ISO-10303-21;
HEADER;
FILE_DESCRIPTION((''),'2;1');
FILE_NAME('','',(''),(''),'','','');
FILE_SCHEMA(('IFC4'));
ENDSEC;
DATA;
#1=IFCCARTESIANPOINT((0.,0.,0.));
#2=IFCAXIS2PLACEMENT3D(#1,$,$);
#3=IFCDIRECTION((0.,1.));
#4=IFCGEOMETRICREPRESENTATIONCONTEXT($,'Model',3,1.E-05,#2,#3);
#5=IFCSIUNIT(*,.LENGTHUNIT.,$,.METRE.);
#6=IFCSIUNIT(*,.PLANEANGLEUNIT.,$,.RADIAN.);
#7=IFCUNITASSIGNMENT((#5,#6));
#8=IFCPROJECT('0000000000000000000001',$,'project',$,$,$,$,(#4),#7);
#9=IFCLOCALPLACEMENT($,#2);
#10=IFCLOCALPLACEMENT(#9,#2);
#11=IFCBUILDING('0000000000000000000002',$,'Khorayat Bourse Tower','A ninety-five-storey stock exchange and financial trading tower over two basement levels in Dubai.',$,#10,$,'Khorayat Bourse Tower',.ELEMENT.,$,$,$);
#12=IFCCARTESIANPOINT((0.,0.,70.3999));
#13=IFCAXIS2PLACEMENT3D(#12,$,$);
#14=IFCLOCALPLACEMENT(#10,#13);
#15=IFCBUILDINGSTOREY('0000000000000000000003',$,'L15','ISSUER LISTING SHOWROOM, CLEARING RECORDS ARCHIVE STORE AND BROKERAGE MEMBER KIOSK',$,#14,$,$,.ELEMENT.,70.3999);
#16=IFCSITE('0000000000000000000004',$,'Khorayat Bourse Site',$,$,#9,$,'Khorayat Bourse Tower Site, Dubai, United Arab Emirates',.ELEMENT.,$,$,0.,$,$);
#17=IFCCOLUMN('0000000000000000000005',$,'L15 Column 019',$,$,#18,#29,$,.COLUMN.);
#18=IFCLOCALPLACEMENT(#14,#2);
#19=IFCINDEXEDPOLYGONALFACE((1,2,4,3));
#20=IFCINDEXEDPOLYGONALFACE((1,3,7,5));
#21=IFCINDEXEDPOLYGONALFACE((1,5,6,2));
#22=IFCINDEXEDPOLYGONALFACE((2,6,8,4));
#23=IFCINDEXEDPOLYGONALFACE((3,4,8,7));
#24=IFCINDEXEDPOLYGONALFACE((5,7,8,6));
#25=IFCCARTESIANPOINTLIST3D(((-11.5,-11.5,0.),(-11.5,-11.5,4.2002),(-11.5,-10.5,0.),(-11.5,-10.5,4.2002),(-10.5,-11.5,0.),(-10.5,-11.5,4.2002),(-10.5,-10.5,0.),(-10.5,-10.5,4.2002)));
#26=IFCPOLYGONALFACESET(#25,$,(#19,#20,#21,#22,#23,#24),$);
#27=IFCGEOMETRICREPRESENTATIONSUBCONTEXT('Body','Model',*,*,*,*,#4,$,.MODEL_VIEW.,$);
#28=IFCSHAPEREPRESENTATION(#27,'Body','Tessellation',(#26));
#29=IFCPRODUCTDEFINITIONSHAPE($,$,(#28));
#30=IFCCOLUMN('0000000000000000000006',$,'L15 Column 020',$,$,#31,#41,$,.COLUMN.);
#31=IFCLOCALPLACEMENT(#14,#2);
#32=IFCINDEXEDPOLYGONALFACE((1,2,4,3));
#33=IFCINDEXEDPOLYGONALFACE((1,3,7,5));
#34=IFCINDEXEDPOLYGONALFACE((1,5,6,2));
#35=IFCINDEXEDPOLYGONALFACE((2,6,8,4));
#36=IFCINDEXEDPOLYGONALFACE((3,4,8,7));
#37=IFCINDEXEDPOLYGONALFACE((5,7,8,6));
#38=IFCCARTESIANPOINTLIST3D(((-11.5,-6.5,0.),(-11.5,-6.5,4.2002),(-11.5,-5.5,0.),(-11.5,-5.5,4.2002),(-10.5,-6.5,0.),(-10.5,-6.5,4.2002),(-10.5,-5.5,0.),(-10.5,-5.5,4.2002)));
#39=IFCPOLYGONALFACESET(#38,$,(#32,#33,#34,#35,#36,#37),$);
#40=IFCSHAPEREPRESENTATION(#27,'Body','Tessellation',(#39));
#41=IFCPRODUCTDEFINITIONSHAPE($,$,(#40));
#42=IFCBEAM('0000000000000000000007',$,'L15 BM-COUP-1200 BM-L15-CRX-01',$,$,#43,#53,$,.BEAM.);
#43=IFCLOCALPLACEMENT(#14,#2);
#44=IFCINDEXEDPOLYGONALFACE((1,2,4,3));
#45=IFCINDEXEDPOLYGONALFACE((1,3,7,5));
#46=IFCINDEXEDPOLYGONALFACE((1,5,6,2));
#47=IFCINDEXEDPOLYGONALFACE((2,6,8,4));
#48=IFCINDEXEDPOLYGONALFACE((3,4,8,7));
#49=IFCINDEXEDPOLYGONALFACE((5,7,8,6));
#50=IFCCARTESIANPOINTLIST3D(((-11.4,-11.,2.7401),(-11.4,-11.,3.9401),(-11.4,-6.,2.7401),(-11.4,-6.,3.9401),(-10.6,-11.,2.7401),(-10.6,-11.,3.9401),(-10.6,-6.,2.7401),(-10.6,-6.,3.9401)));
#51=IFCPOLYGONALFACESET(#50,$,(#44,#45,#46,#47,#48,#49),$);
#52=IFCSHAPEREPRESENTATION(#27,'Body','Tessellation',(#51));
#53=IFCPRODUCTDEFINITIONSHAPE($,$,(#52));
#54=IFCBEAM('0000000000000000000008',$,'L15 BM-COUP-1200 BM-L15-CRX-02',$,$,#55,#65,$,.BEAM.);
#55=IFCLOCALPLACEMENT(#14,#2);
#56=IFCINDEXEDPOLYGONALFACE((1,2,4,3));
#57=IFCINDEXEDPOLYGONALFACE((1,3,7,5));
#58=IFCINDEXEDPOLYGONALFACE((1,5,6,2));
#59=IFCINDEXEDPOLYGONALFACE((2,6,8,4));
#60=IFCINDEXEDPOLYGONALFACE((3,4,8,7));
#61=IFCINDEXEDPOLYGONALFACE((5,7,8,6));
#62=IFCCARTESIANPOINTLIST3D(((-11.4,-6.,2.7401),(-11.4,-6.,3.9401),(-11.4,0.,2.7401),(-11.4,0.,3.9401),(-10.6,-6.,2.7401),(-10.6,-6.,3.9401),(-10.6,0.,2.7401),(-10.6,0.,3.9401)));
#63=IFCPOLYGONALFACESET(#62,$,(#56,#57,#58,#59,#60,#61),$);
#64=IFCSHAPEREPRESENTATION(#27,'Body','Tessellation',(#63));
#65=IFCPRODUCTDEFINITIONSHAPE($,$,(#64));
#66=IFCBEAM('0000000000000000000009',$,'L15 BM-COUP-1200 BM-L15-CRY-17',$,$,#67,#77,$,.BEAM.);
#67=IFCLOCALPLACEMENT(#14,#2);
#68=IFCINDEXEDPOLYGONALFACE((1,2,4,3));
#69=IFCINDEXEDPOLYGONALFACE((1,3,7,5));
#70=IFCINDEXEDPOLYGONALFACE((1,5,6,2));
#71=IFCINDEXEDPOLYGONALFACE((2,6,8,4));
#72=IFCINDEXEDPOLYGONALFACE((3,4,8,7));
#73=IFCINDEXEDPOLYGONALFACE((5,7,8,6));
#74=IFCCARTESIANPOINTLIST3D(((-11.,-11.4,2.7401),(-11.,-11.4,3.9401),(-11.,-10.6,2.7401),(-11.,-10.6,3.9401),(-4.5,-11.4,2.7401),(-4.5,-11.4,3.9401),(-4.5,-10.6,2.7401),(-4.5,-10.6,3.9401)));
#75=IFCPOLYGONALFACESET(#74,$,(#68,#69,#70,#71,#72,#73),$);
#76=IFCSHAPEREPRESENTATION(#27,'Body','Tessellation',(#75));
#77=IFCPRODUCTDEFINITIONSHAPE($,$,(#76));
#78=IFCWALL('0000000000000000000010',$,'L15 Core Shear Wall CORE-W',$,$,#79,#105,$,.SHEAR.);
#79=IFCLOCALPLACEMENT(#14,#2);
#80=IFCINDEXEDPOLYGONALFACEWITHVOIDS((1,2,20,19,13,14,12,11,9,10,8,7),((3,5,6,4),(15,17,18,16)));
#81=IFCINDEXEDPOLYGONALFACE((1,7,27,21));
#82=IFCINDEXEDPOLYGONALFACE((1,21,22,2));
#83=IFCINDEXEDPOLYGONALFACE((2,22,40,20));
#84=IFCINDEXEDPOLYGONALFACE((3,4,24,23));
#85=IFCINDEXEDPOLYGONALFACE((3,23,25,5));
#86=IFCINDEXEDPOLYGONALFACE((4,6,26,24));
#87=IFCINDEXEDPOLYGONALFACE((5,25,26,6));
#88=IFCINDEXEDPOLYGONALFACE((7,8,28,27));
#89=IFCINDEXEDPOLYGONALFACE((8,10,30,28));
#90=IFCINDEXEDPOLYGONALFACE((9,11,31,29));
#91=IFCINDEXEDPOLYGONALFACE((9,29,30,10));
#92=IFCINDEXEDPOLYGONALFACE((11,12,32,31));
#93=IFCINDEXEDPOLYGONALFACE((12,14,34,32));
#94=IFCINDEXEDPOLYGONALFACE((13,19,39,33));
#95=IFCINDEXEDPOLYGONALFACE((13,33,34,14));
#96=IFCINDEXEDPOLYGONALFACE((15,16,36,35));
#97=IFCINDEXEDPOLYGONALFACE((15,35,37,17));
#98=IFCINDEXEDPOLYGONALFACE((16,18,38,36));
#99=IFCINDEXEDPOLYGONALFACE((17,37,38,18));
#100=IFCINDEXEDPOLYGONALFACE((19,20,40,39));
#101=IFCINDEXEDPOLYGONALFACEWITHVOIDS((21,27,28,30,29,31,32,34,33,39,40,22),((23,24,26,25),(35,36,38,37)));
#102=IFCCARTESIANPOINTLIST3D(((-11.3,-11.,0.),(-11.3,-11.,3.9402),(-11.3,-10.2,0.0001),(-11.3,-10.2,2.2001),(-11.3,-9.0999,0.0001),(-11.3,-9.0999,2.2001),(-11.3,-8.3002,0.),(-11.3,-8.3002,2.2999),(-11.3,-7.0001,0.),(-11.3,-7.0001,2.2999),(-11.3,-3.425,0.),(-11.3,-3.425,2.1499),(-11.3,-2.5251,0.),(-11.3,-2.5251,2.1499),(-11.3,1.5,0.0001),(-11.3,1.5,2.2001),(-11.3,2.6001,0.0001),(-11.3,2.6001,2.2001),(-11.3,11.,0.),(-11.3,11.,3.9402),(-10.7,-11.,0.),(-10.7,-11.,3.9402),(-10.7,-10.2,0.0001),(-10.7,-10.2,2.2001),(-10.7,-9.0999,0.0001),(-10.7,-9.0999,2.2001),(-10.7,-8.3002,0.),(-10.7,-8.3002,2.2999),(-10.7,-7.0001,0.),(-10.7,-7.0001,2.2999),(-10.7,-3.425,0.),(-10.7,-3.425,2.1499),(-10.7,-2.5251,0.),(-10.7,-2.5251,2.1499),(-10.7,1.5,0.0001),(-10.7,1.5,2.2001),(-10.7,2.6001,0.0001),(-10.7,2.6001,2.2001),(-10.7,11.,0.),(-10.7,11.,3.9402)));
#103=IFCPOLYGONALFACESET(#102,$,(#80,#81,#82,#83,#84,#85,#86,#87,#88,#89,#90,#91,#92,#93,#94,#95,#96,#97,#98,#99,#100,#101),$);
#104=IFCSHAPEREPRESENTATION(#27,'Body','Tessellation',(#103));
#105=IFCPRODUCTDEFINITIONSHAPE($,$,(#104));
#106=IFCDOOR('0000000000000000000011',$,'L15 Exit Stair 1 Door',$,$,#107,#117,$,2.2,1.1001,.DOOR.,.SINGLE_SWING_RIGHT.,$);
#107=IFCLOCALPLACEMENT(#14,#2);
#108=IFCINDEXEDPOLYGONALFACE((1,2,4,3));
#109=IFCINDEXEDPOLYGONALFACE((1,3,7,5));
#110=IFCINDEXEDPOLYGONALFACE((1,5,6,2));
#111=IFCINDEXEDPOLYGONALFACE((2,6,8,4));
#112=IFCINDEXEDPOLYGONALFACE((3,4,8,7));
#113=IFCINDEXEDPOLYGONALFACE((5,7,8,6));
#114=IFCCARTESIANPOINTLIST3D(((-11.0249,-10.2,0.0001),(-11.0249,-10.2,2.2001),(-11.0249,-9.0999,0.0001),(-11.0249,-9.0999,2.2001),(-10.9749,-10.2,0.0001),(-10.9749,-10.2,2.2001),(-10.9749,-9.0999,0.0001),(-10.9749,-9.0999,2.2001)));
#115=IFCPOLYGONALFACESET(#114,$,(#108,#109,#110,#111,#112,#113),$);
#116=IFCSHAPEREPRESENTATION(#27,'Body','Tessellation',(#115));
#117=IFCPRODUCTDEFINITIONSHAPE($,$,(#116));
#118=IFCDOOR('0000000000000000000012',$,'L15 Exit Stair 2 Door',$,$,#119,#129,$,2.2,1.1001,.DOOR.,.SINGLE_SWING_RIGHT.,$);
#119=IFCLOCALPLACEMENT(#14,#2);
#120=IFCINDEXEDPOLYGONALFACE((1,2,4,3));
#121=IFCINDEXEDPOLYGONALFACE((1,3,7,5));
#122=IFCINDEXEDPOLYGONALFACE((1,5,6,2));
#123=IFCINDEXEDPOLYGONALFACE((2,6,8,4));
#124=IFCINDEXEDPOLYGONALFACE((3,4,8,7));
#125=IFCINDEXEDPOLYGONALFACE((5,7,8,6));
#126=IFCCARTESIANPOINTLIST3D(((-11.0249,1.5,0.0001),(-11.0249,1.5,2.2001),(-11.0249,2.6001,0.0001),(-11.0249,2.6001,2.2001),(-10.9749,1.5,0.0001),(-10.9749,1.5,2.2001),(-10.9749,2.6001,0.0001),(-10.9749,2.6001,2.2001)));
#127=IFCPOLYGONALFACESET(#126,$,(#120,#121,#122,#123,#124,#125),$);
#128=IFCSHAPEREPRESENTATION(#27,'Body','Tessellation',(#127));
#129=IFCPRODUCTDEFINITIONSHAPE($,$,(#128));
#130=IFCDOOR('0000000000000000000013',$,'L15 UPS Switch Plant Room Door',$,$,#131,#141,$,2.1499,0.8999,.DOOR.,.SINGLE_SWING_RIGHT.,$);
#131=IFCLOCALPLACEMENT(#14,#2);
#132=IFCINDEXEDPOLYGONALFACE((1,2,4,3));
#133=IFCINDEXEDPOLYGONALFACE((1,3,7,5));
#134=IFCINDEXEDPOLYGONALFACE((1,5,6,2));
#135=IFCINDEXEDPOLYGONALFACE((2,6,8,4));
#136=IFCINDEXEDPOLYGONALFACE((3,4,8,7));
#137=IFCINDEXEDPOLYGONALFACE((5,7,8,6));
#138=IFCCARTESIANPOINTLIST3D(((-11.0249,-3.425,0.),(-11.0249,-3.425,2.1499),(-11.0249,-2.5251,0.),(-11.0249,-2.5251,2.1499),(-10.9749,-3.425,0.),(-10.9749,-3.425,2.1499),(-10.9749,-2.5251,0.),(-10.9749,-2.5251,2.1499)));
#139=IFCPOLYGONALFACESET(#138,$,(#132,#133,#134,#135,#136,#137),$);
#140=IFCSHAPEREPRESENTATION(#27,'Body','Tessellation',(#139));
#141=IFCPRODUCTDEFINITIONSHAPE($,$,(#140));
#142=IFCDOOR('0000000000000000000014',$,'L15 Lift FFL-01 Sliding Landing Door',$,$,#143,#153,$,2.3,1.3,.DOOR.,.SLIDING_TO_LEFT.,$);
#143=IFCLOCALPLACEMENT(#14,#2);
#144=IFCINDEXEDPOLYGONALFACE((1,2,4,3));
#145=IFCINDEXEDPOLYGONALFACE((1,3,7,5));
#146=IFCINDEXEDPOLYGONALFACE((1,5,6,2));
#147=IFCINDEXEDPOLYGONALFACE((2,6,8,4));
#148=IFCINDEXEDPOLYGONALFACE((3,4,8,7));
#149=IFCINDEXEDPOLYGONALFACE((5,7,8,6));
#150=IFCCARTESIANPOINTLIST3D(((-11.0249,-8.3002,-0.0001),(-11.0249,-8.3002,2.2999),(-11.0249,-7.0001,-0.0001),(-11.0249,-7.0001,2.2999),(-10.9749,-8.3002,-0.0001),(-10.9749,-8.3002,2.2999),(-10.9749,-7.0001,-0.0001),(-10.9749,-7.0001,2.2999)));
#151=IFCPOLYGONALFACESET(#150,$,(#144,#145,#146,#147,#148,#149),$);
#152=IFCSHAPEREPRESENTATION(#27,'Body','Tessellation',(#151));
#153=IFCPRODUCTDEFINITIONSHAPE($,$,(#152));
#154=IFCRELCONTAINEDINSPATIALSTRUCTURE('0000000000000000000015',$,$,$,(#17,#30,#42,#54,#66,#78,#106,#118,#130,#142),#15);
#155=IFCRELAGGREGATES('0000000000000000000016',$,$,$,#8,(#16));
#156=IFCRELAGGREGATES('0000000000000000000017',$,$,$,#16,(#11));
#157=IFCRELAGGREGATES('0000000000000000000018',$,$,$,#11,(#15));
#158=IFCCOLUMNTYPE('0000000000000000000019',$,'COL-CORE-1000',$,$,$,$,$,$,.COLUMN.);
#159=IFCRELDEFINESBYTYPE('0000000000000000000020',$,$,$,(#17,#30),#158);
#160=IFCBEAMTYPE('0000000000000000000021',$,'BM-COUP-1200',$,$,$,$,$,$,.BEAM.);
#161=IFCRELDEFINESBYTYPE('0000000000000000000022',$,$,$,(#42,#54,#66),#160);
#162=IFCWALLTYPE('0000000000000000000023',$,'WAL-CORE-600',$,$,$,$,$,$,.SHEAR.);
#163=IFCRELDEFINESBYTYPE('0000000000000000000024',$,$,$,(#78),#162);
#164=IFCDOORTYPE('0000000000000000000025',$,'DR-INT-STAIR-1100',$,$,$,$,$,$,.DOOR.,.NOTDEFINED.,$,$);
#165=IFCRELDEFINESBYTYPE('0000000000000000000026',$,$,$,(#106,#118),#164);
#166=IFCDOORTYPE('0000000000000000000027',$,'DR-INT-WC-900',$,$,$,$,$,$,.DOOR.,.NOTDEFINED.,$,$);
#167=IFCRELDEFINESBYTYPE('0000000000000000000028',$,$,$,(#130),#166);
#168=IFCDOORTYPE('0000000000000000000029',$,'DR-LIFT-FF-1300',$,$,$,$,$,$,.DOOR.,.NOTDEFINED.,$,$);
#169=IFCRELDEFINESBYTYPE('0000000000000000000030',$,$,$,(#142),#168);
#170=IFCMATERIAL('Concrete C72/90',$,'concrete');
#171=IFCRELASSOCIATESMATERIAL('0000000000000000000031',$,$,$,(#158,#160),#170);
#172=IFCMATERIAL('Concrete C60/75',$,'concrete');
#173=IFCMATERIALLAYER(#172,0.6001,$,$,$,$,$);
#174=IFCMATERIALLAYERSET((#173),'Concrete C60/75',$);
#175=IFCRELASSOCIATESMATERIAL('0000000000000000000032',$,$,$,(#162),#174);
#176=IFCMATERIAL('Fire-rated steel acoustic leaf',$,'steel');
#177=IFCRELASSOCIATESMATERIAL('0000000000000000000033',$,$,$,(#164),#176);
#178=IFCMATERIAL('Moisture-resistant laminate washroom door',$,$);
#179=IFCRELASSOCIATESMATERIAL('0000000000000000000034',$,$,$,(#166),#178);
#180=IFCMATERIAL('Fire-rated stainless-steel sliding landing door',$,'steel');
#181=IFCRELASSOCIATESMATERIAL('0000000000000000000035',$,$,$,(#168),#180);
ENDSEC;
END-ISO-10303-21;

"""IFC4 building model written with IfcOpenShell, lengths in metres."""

from ifc_helpers import new_model, si_unit, direction, frame, frame_2d, origin, origin_2d, place, context, subcontext, project, spatial, rectangle, extrude, source, transform, mapped, material, layer, layer_set, material_profile, profile_set, type_object, element, fill, save


model = new_model("IFC4")

# Units and contexts
model_context = context("Model", 3, precision=1e-05, world=origin(), true_north=direction((0.0, 1.0)))
body_context = subcontext(model_context, "Body", "Model", "MODEL_VIEW")
ifc_project = project(units=[si_unit("LENGTHUNIT", "METRE"), si_unit("PLANEANGLEUNIT", "RADIAN")], contexts=[model_context])

# Site, building, storey
site_placement = place(None, origin())
site = spatial("IfcSite", under=ifc_project, at=site_placement, Name="Khorayat Bourse Site", LongName="Khorayat Bourse Tower Site, Dubai, United Arab Emirates", CompositionType="ELEMENT", RefElevation=0.0)
building_placement = place(site_placement, origin())
building = spatial("IfcBuilding", under=site, at=building_placement, Name="Khorayat Bourse Tower", Description="A ninety-five-storey stock exchange and financial trading tower over two basement levels in Dubai.", LongName="Khorayat Bourse Tower", CompositionType="ELEMENT")
storey_placement = place(building_placement, frame((0.0, 0.0, 70.3999)))
storey = spatial("IfcBuildingStorey", under=building, at=storey_placement, Name="L15", Description="ISSUER LISTING SHOWROOM, CLEARING RECORDS ARCHIVE STORE AND BROKERAGE MEMBER KIOSK", CompositionType="ELEMENT", Elevation=70.3999)

# Columns
ifc_material_1 = material(Name="Concrete C72/90", Category="concrete")
ifc_material_profile_1 = material_profile(ifc_material_1, rectangle(XDim=1.0, YDim=1.0, at=origin_2d()), Name="RC 1000x1000")
ifc_profile_set_1 = profile_set([ifc_material_profile_1], Name="Concrete C72/90")
column_type = type_object("IfcColumnType", Name="COL-CORE-1000", PredefinedType="COLUMN", material=ifc_profile_set_1)
shared_shape_1 = source(origin(), body_context, "Body", "SweptSolid", [
    extrude(rectangle(XDim=1.0, YDim=1.0, at=origin_2d()), origin(), (0.0, 0.0, 1.0), 4.2002),
])
for number, where, z_axis, x_axis, name in (
    (1, (-11.0, -11.0, 0.0), (0.0, 0.0, 1.0), (1.0, 0.0, 0.0), "L15 Column 019"),
    (2, (-11.0, -6.0, 0.0), (0.0, 0.0, 1.0), (1.0, 0.0, 0.0), "L15 Column 020"),
):
    element("IfcColumn", number, at=place(storey_placement, frame(where, z_axis=z_axis, x_axis=x_axis)), inside=storey, type_object=column_type, Name=name, PredefinedType="COLUMN", context=body_context, shape_type="MappedRepresentation", body=[
        mapped(shared_shape_1, transform((0.0, 0.0, 0.0), scale=1.0)),
    ])

# Beams
ifc_material_profile_2 = material_profile(ifc_material_1, rectangle(XDim=0.8, YDim=1.2, at=origin_2d()), Name="RC 800x1200")
ifc_profile_set_2 = profile_set([ifc_material_profile_2], Name="Concrete C72/90")
beam_type = type_object("IfcBeamType", Name="BM-COUP-1200", PredefinedType="BEAM", material=ifc_profile_set_2)
shared_shape_2 = source(origin(), body_context, "Body", "SweptSolid", [
    extrude(rectangle(XDim=0.8, YDim=1.2, at=origin_2d()), origin(), (0.0, 0.0, 1.0), 5.0),
])
beam_1_placement = place(storey_placement, frame((-11.0, -11.0, 3.3401), z_axis=(0.0, 1.0, 0.0), x_axis=(-1.0, 0.0, 0.0)))
element("IfcBeam", 3, at=beam_1_placement, inside=storey, type_object=beam_type, Name="L15 BM-COUP-1200 BM-L15-CRX-01", PredefinedType="BEAM", context=body_context, shape_type="MappedRepresentation", body=[
    mapped(shared_shape_2, transform((0.0, 0.0, 0.0), scale=1.0)),
])
shared_shape_3 = source(origin(), body_context, "Body", "SweptSolid", [
    extrude(rectangle(XDim=0.8, YDim=1.2, at=origin_2d()), origin(), (0.0, 0.0, 1.0), 6.0),
])
beam_2_placement = place(storey_placement, frame((-11.0, -6.0, 3.3401), z_axis=(0.0, 1.0, 0.0), x_axis=(-1.0, 0.0, 0.0)))
element("IfcBeam", 4, at=beam_2_placement, inside=storey, type_object=beam_type, Name="L15 BM-COUP-1200 BM-L15-CRX-02", PredefinedType="BEAM", context=body_context, shape_type="MappedRepresentation", body=[
    mapped(shared_shape_3, transform((0.0, 0.0, 0.0), scale=1.0)),
])
shared_shape_4 = source(origin(), body_context, "Body", "SweptSolid", [
    extrude(rectangle(XDim=0.8, YDim=1.2, at=origin_2d()), origin(), (0.0, 0.0, 1.0), 6.5),
])
beam_3_placement = place(storey_placement, frame((-11.0, -11.0, 3.3401), z_axis=(1.0, 0.0, 0.0), x_axis=(0.0, 1.0, 0.0)))
element("IfcBeam", 5, at=beam_3_placement, inside=storey, type_object=beam_type, Name="L15 BM-COUP-1200 BM-L15-CRY-17", PredefinedType="BEAM", context=body_context, shape_type="MappedRepresentation", body=[
    mapped(shared_shape_4, transform((0.0, 0.0, 0.0), scale=1.0)),
])

# Wall, openings, doors
ifc_material_2 = material(Name="Concrete C60/75", Category="concrete")
ifc_layer_1 = layer(ifc_material_2, 0.6001)
ifc_layer_set_1 = layer_set([ifc_layer_1], Name="Concrete C60/75")
wall_type_1 = type_object("IfcWallType", Name="WAL-CORE-600", PredefinedType="SHEAR", material=ifc_layer_set_1)
shared_shape_5 = source(origin(), body_context, "Body", "SweptSolid", [
    extrude(rectangle(XDim=22.0, YDim=0.6001, at=frame_2d((11.0, 0.0))), origin(), (0.0, 0.0, 1.0), 3.9402),
])
wall_1_placement = place(storey_placement, frame((-11.0, -11.0, 0.0), z_axis=(0.0, 0.0, 1.0), x_axis=(0.0, 1.0, 0.0)))
wall_1 = element("IfcWall", 6, at=wall_1_placement, inside=storey, type_object=wall_type_1, Name="L15 Core Shear Wall CORE-W", PredefinedType="SHEAR", context=body_context, shape_type="MappedRepresentation", body=[
    mapped(shared_shape_5, transform((0.0, 0.0, 0.0), scale=1.0)),
])
shared_shape_6 = source(origin(), body_context, "Body", "SweptSolid", [
    extrude(rectangle(XDim=1.1001, YDim=2.2, at=frame_2d((0.55, 1.1001))), frame((0.0, 0.3101, 0.0), z_axis=(0.0, -1.0, 0.0), x_axis=(1.0, 0.0, 0.0)), (0.0, 0.0, 1.0), 0.6201),
])
opening_1_placement = place(wall_1_placement, frame((0.8, 0.0, 0.0)))
opening_1 = element("IfcOpeningElement", 7, at=opening_1_placement, cuts=wall_1, PredefinedType="OPENING", context=body_context, shape_type="MappedRepresentation", body=[
    mapped(shared_shape_6, transform((0.0, 0.0, 0.0), scale=1.0)),
])
opening_2_placement = place(wall_1_placement, frame((12.5, 0.0, 0.0)))
opening_2 = element("IfcOpeningElement", 8, at=opening_2_placement, cuts=wall_1, PredefinedType="OPENING", context=body_context, shape_type="MappedRepresentation", body=[
    mapped(shared_shape_6, transform((0.0, 0.0, 0.0), scale=1.0)),
])
shared_shape_7 = source(origin(), body_context, "Body", "SweptSolid", [
    extrude(rectangle(XDim=0.8999, YDim=2.1499, at=frame_2d((0.45, 1.075))), frame((0.0, 0.3101, 0.0), z_axis=(0.0, -1.0, 0.0), x_axis=(1.0, 0.0, 0.0)), (0.0, 0.0, 1.0), 0.6201),
])
opening_3_placement = place(wall_1_placement, frame((7.575, 0.0, 0.0)))
opening_3 = element("IfcOpeningElement", 9, at=opening_3_placement, cuts=wall_1, PredefinedType="OPENING", context=body_context, shape_type="MappedRepresentation", body=[
    mapped(shared_shape_7, transform((0.0, 0.0, 0.0), scale=1.0)),
])
shared_shape_8 = source(origin(), body_context, "Body", "SweptSolid", [
    extrude(rectangle(XDim=1.3, YDim=2.3, at=frame_2d((0.6499, 1.1499))), frame((0.0, 0.3101, 0.0), z_axis=(0.0, -1.0, 0.0), x_axis=(1.0, 0.0, 0.0)), (0.0, 0.0, 1.0), 0.6201),
])
opening_4_placement = place(wall_1_placement, frame((2.7, 0.0, 0.0)))
opening_4 = element("IfcOpeningElement", 10, at=opening_4_placement, cuts=wall_1, PredefinedType="OPENING", context=body_context, shape_type="MappedRepresentation", body=[
    mapped(shared_shape_8, transform((0.0, 0.0, 0.0), scale=1.0)),
])
ifc_material_3 = material(Name="Fire-rated steel acoustic leaf", Category="steel")
door_type_1 = type_object("IfcDoorType", Name="DR-INT-STAIR-1100", OperationType="NOTDEFINED", PredefinedType="DOOR", material=ifc_material_3)
shared_shape_9 = source(origin(), body_context, "Body", "SweptSolid", [
    extrude(rectangle(XDim=1.1001, YDim=2.2, at=frame_2d((0.55, 1.1001))), frame((0.0, 0.0249, 0.0), z_axis=(0.0, -1.0, 0.0), x_axis=(1.0, 0.0, 0.0)), (0.0, 0.0, 1.0), 0.05),
])
door_1_placement = place(opening_1_placement, origin())
door_1 = element("IfcDoor", 11, at=door_1_placement, inside=storey, type_object=door_type_1, Name="L15 Exit Stair 1 Door", OperationType="SINGLE_SWING_RIGHT", OverallHeight=2.2, OverallWidth=1.1001, PredefinedType="DOOR", context=body_context, shape_type="MappedRepresentation", body=[
    mapped(shared_shape_9, transform((0.0, 0.0, 0.0), scale=1.0)),
])
fill(opening_1, door_1)
door_2_placement = place(opening_2_placement, origin())
door_2 = element("IfcDoor", 12, at=door_2_placement, inside=storey, type_object=door_type_1, Name="L15 Exit Stair 2 Door", OperationType="SINGLE_SWING_RIGHT", OverallHeight=2.2, OverallWidth=1.1001, PredefinedType="DOOR", context=body_context, shape_type="MappedRepresentation", body=[
    mapped(shared_shape_9, transform((0.0, 0.0, 0.0), scale=1.0)),
])
fill(opening_2, door_2)
ifc_material_4 = material(Name="Moisture-resistant laminate washroom door")
door_type_2 = type_object("IfcDoorType", Name="DR-INT-WC-900", OperationType="NOTDEFINED", PredefinedType="DOOR", material=ifc_material_4)
shared_shape_10 = source(origin(), body_context, "Body", "SweptSolid", [
    extrude(rectangle(XDim=0.8999, YDim=2.1499, at=frame_2d((0.45, 1.075))), frame((0.0, 0.0249, 0.0), z_axis=(0.0, -1.0, 0.0), x_axis=(1.0, 0.0, 0.0)), (0.0, 0.0, 1.0), 0.05),
])
door_3_placement = place(opening_3_placement, origin())
door_3 = element("IfcDoor", 13, at=door_3_placement, inside=storey, type_object=door_type_2, Name="L15 UPS Switch Plant Room Door", OperationType="SINGLE_SWING_RIGHT", OverallHeight=2.1499, OverallWidth=0.8999, PredefinedType="DOOR", context=body_context, shape_type="MappedRepresentation", body=[
    mapped(shared_shape_10, transform((0.0, 0.0, 0.0), scale=1.0)),
])
fill(opening_3, door_3)
ifc_material_5 = material(Name="Fire-rated stainless-steel sliding landing door", Category="steel")
door_type_3 = type_object("IfcDoorType", Name="DR-LIFT-FF-1300", OperationType="NOTDEFINED", PredefinedType="DOOR", material=ifc_material_5)
shared_shape_11 = source(origin(), body_context, "Body", "SweptSolid", [
    extrude(rectangle(XDim=1.3, YDim=2.3, at=frame_2d((0.6499, 1.1499))), frame((0.0, 0.0249, 0.0), z_axis=(0.0, -1.0, 0.0), x_axis=(1.0, 0.0, 0.0)), (0.0, 0.0, 1.0), 0.05),
])
door_4_placement = place(opening_4_placement, origin())
door_4 = element("IfcDoor", 14, at=door_4_placement, inside=storey, type_object=door_type_3, Name="L15 Lift FFL-01 Sliding Landing Door", OperationType="SLIDING_TO_LEFT", OverallHeight=2.3, OverallWidth=1.3, PredefinedType="DOOR", context=body_context, shape_type="MappedRepresentation", body=[
    mapped(shared_shape_11, transform((0.0, 0.0, 0.0), scale=1.0)),
])
fill(opening_4, door_4)

save(model, "model.ifc")
